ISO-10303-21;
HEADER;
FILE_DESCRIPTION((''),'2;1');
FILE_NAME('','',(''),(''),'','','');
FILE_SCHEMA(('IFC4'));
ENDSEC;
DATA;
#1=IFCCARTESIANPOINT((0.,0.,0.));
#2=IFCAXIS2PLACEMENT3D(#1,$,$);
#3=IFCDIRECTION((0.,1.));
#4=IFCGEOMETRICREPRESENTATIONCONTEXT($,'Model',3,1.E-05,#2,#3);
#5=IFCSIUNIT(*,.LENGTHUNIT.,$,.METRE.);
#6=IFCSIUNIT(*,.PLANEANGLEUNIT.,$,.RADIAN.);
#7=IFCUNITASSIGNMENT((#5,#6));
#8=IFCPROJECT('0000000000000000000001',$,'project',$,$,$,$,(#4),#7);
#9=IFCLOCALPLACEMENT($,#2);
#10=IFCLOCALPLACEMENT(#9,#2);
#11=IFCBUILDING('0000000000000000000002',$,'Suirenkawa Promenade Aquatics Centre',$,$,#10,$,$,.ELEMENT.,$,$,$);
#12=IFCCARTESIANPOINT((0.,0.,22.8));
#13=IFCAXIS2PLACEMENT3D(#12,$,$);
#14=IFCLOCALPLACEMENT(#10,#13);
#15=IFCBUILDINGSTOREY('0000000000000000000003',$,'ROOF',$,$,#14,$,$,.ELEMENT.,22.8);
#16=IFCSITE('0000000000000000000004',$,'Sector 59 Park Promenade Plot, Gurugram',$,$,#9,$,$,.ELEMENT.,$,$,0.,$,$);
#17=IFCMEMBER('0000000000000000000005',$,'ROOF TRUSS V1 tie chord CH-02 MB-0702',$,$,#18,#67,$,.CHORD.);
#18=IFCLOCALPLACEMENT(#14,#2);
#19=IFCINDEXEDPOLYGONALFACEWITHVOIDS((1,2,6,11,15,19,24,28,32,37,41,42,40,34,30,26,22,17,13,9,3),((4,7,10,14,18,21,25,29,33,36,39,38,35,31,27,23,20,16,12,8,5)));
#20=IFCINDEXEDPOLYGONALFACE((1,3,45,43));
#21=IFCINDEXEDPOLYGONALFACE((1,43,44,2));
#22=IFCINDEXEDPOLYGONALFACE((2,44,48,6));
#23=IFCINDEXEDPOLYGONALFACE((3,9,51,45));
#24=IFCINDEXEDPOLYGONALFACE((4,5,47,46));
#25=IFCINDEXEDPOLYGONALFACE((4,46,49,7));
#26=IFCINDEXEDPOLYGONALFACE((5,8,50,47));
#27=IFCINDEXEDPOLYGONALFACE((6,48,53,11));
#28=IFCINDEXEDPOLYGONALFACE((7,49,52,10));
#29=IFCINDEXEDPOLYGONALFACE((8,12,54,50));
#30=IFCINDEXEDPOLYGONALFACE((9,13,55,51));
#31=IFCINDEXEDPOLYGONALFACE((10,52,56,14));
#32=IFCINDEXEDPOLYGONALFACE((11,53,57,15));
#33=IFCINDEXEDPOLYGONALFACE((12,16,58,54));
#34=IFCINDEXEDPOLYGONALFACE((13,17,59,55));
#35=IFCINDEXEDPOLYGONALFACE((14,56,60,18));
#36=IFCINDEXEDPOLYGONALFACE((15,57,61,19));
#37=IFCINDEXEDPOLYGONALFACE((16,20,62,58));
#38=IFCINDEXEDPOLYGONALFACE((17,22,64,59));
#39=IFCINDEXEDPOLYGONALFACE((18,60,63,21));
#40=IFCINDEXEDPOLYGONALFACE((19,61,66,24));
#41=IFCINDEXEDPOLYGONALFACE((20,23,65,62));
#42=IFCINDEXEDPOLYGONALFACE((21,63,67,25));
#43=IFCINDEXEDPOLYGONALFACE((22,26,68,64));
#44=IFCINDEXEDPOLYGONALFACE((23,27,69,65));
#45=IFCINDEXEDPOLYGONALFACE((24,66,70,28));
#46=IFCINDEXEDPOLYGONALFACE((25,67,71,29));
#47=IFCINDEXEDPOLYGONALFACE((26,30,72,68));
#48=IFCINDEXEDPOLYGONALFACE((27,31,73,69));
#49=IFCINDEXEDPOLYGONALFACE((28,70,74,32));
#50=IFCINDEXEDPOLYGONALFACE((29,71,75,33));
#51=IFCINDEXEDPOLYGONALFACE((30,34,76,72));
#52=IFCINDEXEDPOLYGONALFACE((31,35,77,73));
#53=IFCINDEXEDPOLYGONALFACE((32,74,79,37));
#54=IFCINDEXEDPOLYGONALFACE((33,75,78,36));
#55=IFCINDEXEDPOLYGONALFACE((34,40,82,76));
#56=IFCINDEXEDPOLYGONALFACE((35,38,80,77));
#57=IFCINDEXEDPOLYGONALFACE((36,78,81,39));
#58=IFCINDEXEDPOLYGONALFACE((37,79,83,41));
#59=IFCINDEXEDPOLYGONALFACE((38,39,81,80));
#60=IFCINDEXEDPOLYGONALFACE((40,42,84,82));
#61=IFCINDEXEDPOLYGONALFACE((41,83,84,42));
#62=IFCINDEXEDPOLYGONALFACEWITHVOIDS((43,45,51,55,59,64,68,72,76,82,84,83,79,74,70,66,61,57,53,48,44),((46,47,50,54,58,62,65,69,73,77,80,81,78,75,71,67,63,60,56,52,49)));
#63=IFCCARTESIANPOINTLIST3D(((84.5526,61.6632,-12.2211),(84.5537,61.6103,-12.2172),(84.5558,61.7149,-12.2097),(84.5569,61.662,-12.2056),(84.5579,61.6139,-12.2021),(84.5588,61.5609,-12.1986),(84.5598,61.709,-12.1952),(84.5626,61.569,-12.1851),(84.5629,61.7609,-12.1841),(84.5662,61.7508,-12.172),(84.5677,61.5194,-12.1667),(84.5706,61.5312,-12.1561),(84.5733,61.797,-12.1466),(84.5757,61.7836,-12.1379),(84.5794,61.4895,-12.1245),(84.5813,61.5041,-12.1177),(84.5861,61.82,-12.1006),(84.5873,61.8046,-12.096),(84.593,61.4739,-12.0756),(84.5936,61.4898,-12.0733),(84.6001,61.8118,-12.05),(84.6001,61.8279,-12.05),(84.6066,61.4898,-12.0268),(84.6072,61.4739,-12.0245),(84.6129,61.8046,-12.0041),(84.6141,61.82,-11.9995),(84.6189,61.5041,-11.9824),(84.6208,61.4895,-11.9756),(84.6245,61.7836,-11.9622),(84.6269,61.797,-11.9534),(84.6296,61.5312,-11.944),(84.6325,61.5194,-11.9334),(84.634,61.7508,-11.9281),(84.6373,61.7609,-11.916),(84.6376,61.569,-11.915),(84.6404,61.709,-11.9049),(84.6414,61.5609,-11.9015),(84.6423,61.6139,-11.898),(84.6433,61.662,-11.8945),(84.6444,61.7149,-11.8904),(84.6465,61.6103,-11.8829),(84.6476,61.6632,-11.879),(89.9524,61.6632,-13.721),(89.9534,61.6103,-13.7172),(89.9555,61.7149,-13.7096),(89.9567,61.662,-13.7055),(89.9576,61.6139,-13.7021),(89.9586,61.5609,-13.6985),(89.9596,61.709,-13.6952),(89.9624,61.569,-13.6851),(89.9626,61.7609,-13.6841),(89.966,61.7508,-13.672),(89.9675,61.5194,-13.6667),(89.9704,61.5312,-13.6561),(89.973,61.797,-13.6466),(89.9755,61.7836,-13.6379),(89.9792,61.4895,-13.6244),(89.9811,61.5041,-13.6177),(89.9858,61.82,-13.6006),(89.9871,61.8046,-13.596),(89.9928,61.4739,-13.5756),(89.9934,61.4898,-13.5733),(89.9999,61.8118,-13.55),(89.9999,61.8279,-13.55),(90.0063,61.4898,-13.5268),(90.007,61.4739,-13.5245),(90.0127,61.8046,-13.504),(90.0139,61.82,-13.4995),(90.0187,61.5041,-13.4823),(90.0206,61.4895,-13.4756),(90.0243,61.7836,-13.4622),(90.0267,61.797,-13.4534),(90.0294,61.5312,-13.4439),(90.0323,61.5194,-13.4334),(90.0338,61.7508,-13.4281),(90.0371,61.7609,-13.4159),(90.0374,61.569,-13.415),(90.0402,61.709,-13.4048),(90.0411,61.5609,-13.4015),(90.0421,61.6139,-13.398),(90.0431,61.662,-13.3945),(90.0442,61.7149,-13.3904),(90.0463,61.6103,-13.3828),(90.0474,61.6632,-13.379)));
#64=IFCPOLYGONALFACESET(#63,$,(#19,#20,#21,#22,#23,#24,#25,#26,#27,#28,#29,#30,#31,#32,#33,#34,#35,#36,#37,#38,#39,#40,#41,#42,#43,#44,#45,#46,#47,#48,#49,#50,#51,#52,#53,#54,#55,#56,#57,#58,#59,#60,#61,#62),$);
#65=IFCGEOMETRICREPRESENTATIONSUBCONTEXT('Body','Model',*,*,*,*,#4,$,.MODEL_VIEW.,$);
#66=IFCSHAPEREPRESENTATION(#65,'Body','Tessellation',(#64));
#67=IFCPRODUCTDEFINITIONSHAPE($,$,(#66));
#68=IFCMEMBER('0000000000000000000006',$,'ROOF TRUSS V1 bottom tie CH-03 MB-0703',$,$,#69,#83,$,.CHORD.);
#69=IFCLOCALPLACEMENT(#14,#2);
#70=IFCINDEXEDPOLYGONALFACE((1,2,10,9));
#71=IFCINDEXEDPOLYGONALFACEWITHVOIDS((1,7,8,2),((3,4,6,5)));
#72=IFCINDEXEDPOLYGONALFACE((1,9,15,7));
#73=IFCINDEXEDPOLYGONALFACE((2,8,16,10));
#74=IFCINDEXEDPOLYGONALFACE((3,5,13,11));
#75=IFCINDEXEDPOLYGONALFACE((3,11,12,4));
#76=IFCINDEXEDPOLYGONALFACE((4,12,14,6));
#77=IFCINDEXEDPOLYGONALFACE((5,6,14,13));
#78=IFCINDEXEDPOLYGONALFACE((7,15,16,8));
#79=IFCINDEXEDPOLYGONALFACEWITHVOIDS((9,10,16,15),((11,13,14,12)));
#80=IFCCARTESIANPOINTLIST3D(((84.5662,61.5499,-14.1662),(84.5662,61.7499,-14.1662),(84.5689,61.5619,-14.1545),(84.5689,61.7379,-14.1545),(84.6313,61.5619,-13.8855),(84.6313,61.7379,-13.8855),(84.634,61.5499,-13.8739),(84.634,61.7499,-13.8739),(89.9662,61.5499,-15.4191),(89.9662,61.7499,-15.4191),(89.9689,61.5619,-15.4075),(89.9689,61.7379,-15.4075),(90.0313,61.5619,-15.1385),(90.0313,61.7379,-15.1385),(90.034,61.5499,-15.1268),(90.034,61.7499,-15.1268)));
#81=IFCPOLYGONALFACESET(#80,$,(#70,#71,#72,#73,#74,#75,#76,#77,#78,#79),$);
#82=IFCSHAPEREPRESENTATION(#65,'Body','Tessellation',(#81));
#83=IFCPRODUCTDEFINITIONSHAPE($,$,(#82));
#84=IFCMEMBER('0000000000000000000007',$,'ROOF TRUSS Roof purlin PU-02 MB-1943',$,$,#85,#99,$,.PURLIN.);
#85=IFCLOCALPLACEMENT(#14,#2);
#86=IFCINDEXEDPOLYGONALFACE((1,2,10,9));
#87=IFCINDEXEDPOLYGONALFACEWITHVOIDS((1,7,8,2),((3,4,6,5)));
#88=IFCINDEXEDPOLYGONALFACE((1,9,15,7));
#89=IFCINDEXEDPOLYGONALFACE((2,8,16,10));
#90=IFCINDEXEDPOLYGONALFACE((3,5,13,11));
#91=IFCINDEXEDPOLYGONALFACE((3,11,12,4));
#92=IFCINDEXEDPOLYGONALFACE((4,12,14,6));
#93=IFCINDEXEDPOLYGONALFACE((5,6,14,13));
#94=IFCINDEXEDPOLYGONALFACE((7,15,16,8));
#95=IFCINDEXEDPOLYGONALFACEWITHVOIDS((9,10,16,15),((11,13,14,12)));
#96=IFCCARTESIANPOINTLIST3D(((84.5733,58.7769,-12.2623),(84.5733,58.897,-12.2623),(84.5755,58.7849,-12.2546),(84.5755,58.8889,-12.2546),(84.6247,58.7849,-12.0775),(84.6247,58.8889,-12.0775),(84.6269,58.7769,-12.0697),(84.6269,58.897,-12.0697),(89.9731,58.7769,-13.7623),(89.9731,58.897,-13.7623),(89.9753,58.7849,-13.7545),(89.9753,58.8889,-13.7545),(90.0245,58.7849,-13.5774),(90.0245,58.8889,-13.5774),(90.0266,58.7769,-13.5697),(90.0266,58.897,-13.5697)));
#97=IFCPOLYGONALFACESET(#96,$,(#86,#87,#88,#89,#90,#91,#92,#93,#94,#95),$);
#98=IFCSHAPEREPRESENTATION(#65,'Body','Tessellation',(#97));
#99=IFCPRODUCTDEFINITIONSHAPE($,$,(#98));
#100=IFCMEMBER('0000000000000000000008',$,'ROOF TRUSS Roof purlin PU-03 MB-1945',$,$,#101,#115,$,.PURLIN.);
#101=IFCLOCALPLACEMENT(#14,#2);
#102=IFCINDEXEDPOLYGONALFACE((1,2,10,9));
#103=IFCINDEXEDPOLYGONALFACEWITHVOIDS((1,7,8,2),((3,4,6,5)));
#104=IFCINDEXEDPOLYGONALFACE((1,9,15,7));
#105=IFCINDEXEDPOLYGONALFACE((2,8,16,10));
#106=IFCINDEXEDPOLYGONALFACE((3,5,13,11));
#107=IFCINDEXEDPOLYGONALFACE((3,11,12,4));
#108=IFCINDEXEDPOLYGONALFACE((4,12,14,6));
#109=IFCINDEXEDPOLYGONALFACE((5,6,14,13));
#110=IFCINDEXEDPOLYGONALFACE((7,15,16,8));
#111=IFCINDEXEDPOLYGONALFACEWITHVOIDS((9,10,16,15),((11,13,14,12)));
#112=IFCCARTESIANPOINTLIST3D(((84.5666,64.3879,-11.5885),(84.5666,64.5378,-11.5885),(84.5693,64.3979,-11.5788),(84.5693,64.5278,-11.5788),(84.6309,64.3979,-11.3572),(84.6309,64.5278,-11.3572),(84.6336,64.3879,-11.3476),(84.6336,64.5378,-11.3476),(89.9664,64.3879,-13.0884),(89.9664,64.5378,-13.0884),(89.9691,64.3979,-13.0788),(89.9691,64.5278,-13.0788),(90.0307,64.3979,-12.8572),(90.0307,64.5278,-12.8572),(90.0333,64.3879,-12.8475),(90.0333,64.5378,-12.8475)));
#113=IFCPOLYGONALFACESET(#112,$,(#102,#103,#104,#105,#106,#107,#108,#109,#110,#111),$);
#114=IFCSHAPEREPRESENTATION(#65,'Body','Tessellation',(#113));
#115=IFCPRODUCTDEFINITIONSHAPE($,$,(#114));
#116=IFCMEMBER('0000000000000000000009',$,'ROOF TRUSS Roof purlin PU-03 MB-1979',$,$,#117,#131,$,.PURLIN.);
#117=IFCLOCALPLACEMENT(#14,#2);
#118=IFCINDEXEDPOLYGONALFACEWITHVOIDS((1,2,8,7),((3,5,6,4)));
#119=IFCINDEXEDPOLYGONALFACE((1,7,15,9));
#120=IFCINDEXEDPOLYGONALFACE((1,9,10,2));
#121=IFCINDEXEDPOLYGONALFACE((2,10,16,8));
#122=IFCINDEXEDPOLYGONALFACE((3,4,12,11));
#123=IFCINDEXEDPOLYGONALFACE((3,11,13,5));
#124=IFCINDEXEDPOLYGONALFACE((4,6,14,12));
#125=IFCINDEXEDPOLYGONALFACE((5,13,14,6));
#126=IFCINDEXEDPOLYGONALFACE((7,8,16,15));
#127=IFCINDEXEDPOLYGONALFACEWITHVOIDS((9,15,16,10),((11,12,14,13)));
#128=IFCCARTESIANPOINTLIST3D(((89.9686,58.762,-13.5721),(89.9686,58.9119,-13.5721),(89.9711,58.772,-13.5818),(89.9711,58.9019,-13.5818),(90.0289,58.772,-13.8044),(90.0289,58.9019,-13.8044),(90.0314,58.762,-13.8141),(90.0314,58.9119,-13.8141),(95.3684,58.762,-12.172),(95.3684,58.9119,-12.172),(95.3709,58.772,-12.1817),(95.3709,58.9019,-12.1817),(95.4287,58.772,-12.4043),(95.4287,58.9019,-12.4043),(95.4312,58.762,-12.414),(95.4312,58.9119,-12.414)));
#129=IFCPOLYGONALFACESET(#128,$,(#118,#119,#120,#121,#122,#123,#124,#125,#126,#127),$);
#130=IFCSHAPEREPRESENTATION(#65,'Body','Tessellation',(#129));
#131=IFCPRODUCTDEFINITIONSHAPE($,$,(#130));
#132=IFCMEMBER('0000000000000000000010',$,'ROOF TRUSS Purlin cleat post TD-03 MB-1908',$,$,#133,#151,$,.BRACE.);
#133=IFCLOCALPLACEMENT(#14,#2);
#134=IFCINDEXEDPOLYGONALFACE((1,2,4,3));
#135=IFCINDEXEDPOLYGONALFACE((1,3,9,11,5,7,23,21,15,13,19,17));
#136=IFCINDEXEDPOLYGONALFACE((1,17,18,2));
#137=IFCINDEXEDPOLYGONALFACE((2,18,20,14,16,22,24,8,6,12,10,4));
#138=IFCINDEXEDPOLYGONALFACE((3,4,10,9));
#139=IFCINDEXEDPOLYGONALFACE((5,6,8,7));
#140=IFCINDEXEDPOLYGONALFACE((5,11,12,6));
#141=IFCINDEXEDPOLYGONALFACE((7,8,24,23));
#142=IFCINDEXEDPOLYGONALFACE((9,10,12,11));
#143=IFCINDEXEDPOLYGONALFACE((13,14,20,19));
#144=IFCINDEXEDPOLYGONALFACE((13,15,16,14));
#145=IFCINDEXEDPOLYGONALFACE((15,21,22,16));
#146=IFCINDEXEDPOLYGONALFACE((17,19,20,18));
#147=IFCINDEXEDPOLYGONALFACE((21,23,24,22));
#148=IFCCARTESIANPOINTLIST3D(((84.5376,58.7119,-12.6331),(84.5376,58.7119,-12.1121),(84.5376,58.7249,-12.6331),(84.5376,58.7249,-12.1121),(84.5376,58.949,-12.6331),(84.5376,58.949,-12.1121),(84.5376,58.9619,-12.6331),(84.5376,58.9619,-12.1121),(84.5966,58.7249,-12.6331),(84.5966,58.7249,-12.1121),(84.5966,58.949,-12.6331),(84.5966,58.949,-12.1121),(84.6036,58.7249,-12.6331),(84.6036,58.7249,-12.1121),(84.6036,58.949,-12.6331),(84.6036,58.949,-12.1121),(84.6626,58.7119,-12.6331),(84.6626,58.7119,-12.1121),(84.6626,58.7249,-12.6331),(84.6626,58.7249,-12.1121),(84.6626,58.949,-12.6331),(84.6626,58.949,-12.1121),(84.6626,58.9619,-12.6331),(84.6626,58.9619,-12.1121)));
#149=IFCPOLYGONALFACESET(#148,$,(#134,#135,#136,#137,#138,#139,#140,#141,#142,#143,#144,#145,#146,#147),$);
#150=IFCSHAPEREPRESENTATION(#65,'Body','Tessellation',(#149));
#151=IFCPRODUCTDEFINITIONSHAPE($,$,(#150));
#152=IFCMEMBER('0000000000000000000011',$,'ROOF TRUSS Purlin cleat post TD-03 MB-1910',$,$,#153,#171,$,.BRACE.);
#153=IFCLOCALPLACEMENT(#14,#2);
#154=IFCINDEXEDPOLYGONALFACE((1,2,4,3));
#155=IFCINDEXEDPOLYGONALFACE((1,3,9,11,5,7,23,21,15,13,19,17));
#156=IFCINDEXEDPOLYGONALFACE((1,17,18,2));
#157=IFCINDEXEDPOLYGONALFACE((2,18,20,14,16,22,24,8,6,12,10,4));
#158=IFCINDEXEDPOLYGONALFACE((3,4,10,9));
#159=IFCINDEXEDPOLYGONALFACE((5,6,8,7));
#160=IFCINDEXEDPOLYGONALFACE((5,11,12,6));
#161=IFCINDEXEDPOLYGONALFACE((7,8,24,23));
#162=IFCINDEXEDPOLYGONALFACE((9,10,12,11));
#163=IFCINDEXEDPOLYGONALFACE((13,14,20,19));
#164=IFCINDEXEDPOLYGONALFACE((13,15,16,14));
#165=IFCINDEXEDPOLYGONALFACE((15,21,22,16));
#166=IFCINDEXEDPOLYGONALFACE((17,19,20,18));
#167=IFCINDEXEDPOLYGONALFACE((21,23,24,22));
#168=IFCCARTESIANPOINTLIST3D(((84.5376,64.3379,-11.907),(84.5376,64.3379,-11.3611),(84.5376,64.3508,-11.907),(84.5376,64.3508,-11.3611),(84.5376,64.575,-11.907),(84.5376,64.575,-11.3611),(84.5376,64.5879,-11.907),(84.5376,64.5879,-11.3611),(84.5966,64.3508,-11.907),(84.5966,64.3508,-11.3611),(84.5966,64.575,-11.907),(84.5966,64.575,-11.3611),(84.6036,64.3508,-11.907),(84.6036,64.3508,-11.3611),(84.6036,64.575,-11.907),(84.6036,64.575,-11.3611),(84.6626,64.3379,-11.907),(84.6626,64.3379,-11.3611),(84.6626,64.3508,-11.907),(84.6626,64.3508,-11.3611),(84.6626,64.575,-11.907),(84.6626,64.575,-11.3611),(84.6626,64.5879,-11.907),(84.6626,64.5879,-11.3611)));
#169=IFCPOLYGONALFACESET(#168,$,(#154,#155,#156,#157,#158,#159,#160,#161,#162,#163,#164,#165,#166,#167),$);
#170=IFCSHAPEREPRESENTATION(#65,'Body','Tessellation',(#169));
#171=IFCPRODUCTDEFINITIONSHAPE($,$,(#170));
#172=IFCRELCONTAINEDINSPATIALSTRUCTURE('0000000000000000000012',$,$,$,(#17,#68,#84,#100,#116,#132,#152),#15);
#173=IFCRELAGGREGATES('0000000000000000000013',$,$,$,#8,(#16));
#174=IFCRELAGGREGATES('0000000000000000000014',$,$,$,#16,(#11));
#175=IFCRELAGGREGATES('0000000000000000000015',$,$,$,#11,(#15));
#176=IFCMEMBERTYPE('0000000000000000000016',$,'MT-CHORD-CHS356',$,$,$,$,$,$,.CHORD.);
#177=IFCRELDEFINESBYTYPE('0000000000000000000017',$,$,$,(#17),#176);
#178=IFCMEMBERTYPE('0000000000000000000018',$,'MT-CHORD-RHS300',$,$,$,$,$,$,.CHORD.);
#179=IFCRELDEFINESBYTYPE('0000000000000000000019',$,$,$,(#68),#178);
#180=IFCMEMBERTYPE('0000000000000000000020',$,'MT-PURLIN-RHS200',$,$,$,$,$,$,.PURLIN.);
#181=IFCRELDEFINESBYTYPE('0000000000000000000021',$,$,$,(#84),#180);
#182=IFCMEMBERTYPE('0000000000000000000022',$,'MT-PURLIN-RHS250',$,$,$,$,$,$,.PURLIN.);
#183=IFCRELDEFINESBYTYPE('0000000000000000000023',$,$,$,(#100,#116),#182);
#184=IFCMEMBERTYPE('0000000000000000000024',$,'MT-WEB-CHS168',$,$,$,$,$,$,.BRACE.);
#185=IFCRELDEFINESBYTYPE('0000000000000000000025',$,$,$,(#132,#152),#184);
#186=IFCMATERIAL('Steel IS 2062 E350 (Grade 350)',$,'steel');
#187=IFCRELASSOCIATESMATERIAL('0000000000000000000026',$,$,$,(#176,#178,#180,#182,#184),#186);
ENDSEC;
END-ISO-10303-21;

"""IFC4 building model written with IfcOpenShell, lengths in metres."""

from ifc_helpers import new_model, si_unit, direction, frame, origin, origin_2d, place, context, subcontext, project, spatial, hollow_rectangle, hollow_circle, i_section, extrude, material, material_profile, profile_set, type_object, element, save


model = new_model("IFC4")

# Units and contexts
model_context = context("Model", 3, precision=1e-05, world=origin(), true_north=direction((0.0, 1.0)))
body_context = subcontext(model_context, "Body", "Model", "MODEL_VIEW")
ifc_project = project(units=[si_unit("LENGTHUNIT", "METRE"), si_unit("PLANEANGLEUNIT", "RADIAN")], contexts=[model_context])

# Site, building, storey
site_placement = place(None, origin())
site = spatial("IfcSite", under=ifc_project, at=site_placement, Name="Sector 59 Park Promenade Plot, Gurugram", CompositionType="ELEMENT", RefElevation=0.0)
building_placement = place(site_placement, origin())
building = spatial("IfcBuilding", under=site, at=building_placement, Name="Suirenkawa Promenade Aquatics Centre", CompositionType="ELEMENT")
storey_placement = place(building_placement, frame((0.0, 0.0, 22.8)))
storey = spatial("IfcBuildingStorey", under=building, at=storey_placement, Name="ROOF", CompositionType="ELEMENT", Elevation=22.8)

# Shared definitions
ifc_material = material(Name="Steel IS 2062 E350 (Grade 350)", Category="steel")

# Members
ifc_material_profile_1 = material_profile(ifc_material, hollow_circle(Radius=0.178, WallThickness=0.0161, at=origin_2d()), Name="CHS 356x16", Category="steel")
ifc_profile_set_1 = profile_set([ifc_material_profile_1], Name="Steel IS 2062 E350 (Grade 350)")
member_type_1 = type_object("IfcMemberType", Name="MT-CHORD-CHS356", PredefinedType="CHORD", material=ifc_profile_set_1)
member_1_placement = place(storey_placement, frame((84.6001, 61.6499, -12.05), z_axis=(0.963517, 0.0, -0.267648), x_axis=(0.0, 1.0, 0.0)))
element("IfcMember", 1, at=member_1_placement, inside=storey, type_object=member_type_1, Name="ROOF TRUSS V1 tie chord CH-02 MB-0702", PredefinedType="CHORD", context=body_context, shape_type="SweptSolid", body=[
    extrude(hollow_circle(Radius=0.178, WallThickness=0.0161, at=origin_2d()), origin(), (0.0, 0.0, 1.0), 5.6042),
])
ifc_material_profile_2 = material_profile(ifc_material, hollow_rectangle(XDim=0.2, YDim=0.3, WallThickness=0.012, at=origin_2d()), Name="RHS 300x200x12", Category="steel")
ifc_profile_set_2 = profile_set([ifc_material_profile_2], Name="Steel IS 2062 E350 (Grade 350)")
member_type_2 = type_object("IfcMemberType", Name="MT-CHORD-RHS300", PredefinedType="CHORD", material=ifc_profile_set_2)
member_2_placement = place(storey_placement, frame((84.6001, 61.6499, -14.02), z_axis=(0.974122, 0.0, -0.226024), x_axis=(0.0, 1.0, 0.0)))
element("IfcMember", 2, at=member_2_placement, inside=storey, type_object=member_type_2, Name="ROOF TRUSS V1 bottom tie CH-03 MB-0703", PredefinedType="CHORD", context=body_context, shape_type="SweptSolid", body=[
    extrude(hollow_rectangle(XDim=0.2, YDim=0.3, WallThickness=0.012, at=origin_2d()), origin(), (0.0, 0.0, 1.0), 5.5435),
])
ifc_material_profile_3 = material_profile(ifc_material, hollow_rectangle(XDim=0.1201, YDim=0.2, WallThickness=0.0081, at=origin_2d()), Name="RHS 200x120x8", Category="steel")
ifc_profile_set_3 = profile_set([ifc_material_profile_3], Name="Steel IS 2062 E350 (Grade 350)")
member_type_3 = type_object("IfcMemberType", Name="MT-PURLIN-RHS200", PredefinedType="PURLIN", material=ifc_profile_set_3)
member_3_placement = place(storey_placement, frame((84.6001, 58.8369, -12.166), z_axis=(0.963517, 0.0, -0.267648), x_axis=(0.0, 1.0, 0.0)))
element("IfcMember", 3, at=member_3_placement, inside=storey, type_object=member_type_3, Name="ROOF TRUSS Roof purlin PU-02 MB-1943", PredefinedType="PURLIN", context=body_context, shape_type="SweptSolid", body=[
    extrude(hollow_rectangle(XDim=0.1201, YDim=0.2, WallThickness=0.0081, at=origin_2d()), origin(), (0.0, 0.0, 1.0), 5.6042),
])
ifc_material_profile_4 = material_profile(ifc_material, hollow_rectangle(XDim=0.1499, YDim=0.25, WallThickness=0.01, at=origin_2d()), Name="RHS 250x150x10", Category="steel")
ifc_profile_set_4 = profile_set([ifc_material_profile_4], Name="Steel IS 2062 E350 (Grade 350)")
member_type_4 = type_object("IfcMemberType", Name="MT-PURLIN-RHS250", PredefinedType="PURLIN", material=ifc_profile_set_4)
member_4_placement = place(storey_placement, frame((84.6001, 64.4629, -11.468), z_axis=(0.963517, 0.0, -0.267648), x_axis=(0.0, 1.0, 0.0)))
element("IfcMember", 4, at=member_4_placement, inside=storey, type_object=member_type_4, Name="ROOF TRUSS Roof purlin PU-03 MB-1945", PredefinedType="PURLIN", context=body_context, shape_type="SweptSolid", body=[
    extrude(hollow_rectangle(XDim=0.1499, YDim=0.25, WallThickness=0.01, at=origin_2d()), origin(), (0.0, 0.0, 1.0), 5.6042),
])
member_5_placement = place(storey_placement, frame((90.0, 58.8369, -13.6931), z_axis=(0.967989, 0.0, 0.250991), x_axis=(0.0, 1.0, 0.0)))
element("IfcMember", 5, at=member_5_placement, inside=storey, type_object=member_type_4, Name="ROOF TRUSS Roof purlin PU-03 MB-1979", PredefinedType="PURLIN", context=body_context, shape_type="SweptSolid", body=[
    extrude(hollow_rectangle(XDim=0.1499, YDim=0.25, WallThickness=0.01, at=origin_2d()), origin(), (0.0, 0.0, 1.0), 5.5784),
])
ifc_material_profile_5 = material_profile(ifc_material, i_section(OverallWidth=0.125, OverallDepth=0.25, WebThickness=0.0071, FlangeThickness=0.0129, at=origin_2d()), Name="ISMB 250", Category="steel")
ifc_profile_set_5 = profile_set([ifc_material_profile_5], Name="Steel IS 2062 E350 (Grade 350)")
member_type_5 = type_object("IfcMemberType", Name="MT-WEB-CHS168", PredefinedType="BRACE", material=ifc_profile_set_5)
member_6_placement = place(storey_placement, frame((84.6001, 58.8369, -12.6331), z_axis=(0.0, 0.0, 1.0), x_axis=(1.0, 0.0, 0.0)))
element("IfcMember", 6, at=member_6_placement, inside=storey, type_object=member_type_5, Name="ROOF TRUSS Purlin cleat post TD-03 MB-1908", PredefinedType="BRACE", context=body_context, shape_type="SweptSolid", body=[
    extrude(i_section(OverallWidth=0.125, OverallDepth=0.25, WebThickness=0.0071, FlangeThickness=0.0129, at=origin_2d()), origin(), (0.0, 0.0, 1.0), 0.521),
])
member_7_placement = place(storey_placement, frame((84.6001, 64.4629, -11.907), z_axis=(0.0, 0.0, 1.0), x_axis=(1.0, 0.0, 0.0)))
element("IfcMember", 7, at=member_7_placement, inside=storey, type_object=member_type_5, Name="ROOF TRUSS Purlin cleat post TD-03 MB-1910", PredefinedType="BRACE", context=body_context, shape_type="SweptSolid", body=[
    extrude(i_section(OverallWidth=0.125, OverallDepth=0.25, WebThickness=0.0071, FlangeThickness=0.0129, at=origin_2d()), origin(), (0.0, 0.0, 1.0), 0.5459),
])

save(model, "model.ifc")
